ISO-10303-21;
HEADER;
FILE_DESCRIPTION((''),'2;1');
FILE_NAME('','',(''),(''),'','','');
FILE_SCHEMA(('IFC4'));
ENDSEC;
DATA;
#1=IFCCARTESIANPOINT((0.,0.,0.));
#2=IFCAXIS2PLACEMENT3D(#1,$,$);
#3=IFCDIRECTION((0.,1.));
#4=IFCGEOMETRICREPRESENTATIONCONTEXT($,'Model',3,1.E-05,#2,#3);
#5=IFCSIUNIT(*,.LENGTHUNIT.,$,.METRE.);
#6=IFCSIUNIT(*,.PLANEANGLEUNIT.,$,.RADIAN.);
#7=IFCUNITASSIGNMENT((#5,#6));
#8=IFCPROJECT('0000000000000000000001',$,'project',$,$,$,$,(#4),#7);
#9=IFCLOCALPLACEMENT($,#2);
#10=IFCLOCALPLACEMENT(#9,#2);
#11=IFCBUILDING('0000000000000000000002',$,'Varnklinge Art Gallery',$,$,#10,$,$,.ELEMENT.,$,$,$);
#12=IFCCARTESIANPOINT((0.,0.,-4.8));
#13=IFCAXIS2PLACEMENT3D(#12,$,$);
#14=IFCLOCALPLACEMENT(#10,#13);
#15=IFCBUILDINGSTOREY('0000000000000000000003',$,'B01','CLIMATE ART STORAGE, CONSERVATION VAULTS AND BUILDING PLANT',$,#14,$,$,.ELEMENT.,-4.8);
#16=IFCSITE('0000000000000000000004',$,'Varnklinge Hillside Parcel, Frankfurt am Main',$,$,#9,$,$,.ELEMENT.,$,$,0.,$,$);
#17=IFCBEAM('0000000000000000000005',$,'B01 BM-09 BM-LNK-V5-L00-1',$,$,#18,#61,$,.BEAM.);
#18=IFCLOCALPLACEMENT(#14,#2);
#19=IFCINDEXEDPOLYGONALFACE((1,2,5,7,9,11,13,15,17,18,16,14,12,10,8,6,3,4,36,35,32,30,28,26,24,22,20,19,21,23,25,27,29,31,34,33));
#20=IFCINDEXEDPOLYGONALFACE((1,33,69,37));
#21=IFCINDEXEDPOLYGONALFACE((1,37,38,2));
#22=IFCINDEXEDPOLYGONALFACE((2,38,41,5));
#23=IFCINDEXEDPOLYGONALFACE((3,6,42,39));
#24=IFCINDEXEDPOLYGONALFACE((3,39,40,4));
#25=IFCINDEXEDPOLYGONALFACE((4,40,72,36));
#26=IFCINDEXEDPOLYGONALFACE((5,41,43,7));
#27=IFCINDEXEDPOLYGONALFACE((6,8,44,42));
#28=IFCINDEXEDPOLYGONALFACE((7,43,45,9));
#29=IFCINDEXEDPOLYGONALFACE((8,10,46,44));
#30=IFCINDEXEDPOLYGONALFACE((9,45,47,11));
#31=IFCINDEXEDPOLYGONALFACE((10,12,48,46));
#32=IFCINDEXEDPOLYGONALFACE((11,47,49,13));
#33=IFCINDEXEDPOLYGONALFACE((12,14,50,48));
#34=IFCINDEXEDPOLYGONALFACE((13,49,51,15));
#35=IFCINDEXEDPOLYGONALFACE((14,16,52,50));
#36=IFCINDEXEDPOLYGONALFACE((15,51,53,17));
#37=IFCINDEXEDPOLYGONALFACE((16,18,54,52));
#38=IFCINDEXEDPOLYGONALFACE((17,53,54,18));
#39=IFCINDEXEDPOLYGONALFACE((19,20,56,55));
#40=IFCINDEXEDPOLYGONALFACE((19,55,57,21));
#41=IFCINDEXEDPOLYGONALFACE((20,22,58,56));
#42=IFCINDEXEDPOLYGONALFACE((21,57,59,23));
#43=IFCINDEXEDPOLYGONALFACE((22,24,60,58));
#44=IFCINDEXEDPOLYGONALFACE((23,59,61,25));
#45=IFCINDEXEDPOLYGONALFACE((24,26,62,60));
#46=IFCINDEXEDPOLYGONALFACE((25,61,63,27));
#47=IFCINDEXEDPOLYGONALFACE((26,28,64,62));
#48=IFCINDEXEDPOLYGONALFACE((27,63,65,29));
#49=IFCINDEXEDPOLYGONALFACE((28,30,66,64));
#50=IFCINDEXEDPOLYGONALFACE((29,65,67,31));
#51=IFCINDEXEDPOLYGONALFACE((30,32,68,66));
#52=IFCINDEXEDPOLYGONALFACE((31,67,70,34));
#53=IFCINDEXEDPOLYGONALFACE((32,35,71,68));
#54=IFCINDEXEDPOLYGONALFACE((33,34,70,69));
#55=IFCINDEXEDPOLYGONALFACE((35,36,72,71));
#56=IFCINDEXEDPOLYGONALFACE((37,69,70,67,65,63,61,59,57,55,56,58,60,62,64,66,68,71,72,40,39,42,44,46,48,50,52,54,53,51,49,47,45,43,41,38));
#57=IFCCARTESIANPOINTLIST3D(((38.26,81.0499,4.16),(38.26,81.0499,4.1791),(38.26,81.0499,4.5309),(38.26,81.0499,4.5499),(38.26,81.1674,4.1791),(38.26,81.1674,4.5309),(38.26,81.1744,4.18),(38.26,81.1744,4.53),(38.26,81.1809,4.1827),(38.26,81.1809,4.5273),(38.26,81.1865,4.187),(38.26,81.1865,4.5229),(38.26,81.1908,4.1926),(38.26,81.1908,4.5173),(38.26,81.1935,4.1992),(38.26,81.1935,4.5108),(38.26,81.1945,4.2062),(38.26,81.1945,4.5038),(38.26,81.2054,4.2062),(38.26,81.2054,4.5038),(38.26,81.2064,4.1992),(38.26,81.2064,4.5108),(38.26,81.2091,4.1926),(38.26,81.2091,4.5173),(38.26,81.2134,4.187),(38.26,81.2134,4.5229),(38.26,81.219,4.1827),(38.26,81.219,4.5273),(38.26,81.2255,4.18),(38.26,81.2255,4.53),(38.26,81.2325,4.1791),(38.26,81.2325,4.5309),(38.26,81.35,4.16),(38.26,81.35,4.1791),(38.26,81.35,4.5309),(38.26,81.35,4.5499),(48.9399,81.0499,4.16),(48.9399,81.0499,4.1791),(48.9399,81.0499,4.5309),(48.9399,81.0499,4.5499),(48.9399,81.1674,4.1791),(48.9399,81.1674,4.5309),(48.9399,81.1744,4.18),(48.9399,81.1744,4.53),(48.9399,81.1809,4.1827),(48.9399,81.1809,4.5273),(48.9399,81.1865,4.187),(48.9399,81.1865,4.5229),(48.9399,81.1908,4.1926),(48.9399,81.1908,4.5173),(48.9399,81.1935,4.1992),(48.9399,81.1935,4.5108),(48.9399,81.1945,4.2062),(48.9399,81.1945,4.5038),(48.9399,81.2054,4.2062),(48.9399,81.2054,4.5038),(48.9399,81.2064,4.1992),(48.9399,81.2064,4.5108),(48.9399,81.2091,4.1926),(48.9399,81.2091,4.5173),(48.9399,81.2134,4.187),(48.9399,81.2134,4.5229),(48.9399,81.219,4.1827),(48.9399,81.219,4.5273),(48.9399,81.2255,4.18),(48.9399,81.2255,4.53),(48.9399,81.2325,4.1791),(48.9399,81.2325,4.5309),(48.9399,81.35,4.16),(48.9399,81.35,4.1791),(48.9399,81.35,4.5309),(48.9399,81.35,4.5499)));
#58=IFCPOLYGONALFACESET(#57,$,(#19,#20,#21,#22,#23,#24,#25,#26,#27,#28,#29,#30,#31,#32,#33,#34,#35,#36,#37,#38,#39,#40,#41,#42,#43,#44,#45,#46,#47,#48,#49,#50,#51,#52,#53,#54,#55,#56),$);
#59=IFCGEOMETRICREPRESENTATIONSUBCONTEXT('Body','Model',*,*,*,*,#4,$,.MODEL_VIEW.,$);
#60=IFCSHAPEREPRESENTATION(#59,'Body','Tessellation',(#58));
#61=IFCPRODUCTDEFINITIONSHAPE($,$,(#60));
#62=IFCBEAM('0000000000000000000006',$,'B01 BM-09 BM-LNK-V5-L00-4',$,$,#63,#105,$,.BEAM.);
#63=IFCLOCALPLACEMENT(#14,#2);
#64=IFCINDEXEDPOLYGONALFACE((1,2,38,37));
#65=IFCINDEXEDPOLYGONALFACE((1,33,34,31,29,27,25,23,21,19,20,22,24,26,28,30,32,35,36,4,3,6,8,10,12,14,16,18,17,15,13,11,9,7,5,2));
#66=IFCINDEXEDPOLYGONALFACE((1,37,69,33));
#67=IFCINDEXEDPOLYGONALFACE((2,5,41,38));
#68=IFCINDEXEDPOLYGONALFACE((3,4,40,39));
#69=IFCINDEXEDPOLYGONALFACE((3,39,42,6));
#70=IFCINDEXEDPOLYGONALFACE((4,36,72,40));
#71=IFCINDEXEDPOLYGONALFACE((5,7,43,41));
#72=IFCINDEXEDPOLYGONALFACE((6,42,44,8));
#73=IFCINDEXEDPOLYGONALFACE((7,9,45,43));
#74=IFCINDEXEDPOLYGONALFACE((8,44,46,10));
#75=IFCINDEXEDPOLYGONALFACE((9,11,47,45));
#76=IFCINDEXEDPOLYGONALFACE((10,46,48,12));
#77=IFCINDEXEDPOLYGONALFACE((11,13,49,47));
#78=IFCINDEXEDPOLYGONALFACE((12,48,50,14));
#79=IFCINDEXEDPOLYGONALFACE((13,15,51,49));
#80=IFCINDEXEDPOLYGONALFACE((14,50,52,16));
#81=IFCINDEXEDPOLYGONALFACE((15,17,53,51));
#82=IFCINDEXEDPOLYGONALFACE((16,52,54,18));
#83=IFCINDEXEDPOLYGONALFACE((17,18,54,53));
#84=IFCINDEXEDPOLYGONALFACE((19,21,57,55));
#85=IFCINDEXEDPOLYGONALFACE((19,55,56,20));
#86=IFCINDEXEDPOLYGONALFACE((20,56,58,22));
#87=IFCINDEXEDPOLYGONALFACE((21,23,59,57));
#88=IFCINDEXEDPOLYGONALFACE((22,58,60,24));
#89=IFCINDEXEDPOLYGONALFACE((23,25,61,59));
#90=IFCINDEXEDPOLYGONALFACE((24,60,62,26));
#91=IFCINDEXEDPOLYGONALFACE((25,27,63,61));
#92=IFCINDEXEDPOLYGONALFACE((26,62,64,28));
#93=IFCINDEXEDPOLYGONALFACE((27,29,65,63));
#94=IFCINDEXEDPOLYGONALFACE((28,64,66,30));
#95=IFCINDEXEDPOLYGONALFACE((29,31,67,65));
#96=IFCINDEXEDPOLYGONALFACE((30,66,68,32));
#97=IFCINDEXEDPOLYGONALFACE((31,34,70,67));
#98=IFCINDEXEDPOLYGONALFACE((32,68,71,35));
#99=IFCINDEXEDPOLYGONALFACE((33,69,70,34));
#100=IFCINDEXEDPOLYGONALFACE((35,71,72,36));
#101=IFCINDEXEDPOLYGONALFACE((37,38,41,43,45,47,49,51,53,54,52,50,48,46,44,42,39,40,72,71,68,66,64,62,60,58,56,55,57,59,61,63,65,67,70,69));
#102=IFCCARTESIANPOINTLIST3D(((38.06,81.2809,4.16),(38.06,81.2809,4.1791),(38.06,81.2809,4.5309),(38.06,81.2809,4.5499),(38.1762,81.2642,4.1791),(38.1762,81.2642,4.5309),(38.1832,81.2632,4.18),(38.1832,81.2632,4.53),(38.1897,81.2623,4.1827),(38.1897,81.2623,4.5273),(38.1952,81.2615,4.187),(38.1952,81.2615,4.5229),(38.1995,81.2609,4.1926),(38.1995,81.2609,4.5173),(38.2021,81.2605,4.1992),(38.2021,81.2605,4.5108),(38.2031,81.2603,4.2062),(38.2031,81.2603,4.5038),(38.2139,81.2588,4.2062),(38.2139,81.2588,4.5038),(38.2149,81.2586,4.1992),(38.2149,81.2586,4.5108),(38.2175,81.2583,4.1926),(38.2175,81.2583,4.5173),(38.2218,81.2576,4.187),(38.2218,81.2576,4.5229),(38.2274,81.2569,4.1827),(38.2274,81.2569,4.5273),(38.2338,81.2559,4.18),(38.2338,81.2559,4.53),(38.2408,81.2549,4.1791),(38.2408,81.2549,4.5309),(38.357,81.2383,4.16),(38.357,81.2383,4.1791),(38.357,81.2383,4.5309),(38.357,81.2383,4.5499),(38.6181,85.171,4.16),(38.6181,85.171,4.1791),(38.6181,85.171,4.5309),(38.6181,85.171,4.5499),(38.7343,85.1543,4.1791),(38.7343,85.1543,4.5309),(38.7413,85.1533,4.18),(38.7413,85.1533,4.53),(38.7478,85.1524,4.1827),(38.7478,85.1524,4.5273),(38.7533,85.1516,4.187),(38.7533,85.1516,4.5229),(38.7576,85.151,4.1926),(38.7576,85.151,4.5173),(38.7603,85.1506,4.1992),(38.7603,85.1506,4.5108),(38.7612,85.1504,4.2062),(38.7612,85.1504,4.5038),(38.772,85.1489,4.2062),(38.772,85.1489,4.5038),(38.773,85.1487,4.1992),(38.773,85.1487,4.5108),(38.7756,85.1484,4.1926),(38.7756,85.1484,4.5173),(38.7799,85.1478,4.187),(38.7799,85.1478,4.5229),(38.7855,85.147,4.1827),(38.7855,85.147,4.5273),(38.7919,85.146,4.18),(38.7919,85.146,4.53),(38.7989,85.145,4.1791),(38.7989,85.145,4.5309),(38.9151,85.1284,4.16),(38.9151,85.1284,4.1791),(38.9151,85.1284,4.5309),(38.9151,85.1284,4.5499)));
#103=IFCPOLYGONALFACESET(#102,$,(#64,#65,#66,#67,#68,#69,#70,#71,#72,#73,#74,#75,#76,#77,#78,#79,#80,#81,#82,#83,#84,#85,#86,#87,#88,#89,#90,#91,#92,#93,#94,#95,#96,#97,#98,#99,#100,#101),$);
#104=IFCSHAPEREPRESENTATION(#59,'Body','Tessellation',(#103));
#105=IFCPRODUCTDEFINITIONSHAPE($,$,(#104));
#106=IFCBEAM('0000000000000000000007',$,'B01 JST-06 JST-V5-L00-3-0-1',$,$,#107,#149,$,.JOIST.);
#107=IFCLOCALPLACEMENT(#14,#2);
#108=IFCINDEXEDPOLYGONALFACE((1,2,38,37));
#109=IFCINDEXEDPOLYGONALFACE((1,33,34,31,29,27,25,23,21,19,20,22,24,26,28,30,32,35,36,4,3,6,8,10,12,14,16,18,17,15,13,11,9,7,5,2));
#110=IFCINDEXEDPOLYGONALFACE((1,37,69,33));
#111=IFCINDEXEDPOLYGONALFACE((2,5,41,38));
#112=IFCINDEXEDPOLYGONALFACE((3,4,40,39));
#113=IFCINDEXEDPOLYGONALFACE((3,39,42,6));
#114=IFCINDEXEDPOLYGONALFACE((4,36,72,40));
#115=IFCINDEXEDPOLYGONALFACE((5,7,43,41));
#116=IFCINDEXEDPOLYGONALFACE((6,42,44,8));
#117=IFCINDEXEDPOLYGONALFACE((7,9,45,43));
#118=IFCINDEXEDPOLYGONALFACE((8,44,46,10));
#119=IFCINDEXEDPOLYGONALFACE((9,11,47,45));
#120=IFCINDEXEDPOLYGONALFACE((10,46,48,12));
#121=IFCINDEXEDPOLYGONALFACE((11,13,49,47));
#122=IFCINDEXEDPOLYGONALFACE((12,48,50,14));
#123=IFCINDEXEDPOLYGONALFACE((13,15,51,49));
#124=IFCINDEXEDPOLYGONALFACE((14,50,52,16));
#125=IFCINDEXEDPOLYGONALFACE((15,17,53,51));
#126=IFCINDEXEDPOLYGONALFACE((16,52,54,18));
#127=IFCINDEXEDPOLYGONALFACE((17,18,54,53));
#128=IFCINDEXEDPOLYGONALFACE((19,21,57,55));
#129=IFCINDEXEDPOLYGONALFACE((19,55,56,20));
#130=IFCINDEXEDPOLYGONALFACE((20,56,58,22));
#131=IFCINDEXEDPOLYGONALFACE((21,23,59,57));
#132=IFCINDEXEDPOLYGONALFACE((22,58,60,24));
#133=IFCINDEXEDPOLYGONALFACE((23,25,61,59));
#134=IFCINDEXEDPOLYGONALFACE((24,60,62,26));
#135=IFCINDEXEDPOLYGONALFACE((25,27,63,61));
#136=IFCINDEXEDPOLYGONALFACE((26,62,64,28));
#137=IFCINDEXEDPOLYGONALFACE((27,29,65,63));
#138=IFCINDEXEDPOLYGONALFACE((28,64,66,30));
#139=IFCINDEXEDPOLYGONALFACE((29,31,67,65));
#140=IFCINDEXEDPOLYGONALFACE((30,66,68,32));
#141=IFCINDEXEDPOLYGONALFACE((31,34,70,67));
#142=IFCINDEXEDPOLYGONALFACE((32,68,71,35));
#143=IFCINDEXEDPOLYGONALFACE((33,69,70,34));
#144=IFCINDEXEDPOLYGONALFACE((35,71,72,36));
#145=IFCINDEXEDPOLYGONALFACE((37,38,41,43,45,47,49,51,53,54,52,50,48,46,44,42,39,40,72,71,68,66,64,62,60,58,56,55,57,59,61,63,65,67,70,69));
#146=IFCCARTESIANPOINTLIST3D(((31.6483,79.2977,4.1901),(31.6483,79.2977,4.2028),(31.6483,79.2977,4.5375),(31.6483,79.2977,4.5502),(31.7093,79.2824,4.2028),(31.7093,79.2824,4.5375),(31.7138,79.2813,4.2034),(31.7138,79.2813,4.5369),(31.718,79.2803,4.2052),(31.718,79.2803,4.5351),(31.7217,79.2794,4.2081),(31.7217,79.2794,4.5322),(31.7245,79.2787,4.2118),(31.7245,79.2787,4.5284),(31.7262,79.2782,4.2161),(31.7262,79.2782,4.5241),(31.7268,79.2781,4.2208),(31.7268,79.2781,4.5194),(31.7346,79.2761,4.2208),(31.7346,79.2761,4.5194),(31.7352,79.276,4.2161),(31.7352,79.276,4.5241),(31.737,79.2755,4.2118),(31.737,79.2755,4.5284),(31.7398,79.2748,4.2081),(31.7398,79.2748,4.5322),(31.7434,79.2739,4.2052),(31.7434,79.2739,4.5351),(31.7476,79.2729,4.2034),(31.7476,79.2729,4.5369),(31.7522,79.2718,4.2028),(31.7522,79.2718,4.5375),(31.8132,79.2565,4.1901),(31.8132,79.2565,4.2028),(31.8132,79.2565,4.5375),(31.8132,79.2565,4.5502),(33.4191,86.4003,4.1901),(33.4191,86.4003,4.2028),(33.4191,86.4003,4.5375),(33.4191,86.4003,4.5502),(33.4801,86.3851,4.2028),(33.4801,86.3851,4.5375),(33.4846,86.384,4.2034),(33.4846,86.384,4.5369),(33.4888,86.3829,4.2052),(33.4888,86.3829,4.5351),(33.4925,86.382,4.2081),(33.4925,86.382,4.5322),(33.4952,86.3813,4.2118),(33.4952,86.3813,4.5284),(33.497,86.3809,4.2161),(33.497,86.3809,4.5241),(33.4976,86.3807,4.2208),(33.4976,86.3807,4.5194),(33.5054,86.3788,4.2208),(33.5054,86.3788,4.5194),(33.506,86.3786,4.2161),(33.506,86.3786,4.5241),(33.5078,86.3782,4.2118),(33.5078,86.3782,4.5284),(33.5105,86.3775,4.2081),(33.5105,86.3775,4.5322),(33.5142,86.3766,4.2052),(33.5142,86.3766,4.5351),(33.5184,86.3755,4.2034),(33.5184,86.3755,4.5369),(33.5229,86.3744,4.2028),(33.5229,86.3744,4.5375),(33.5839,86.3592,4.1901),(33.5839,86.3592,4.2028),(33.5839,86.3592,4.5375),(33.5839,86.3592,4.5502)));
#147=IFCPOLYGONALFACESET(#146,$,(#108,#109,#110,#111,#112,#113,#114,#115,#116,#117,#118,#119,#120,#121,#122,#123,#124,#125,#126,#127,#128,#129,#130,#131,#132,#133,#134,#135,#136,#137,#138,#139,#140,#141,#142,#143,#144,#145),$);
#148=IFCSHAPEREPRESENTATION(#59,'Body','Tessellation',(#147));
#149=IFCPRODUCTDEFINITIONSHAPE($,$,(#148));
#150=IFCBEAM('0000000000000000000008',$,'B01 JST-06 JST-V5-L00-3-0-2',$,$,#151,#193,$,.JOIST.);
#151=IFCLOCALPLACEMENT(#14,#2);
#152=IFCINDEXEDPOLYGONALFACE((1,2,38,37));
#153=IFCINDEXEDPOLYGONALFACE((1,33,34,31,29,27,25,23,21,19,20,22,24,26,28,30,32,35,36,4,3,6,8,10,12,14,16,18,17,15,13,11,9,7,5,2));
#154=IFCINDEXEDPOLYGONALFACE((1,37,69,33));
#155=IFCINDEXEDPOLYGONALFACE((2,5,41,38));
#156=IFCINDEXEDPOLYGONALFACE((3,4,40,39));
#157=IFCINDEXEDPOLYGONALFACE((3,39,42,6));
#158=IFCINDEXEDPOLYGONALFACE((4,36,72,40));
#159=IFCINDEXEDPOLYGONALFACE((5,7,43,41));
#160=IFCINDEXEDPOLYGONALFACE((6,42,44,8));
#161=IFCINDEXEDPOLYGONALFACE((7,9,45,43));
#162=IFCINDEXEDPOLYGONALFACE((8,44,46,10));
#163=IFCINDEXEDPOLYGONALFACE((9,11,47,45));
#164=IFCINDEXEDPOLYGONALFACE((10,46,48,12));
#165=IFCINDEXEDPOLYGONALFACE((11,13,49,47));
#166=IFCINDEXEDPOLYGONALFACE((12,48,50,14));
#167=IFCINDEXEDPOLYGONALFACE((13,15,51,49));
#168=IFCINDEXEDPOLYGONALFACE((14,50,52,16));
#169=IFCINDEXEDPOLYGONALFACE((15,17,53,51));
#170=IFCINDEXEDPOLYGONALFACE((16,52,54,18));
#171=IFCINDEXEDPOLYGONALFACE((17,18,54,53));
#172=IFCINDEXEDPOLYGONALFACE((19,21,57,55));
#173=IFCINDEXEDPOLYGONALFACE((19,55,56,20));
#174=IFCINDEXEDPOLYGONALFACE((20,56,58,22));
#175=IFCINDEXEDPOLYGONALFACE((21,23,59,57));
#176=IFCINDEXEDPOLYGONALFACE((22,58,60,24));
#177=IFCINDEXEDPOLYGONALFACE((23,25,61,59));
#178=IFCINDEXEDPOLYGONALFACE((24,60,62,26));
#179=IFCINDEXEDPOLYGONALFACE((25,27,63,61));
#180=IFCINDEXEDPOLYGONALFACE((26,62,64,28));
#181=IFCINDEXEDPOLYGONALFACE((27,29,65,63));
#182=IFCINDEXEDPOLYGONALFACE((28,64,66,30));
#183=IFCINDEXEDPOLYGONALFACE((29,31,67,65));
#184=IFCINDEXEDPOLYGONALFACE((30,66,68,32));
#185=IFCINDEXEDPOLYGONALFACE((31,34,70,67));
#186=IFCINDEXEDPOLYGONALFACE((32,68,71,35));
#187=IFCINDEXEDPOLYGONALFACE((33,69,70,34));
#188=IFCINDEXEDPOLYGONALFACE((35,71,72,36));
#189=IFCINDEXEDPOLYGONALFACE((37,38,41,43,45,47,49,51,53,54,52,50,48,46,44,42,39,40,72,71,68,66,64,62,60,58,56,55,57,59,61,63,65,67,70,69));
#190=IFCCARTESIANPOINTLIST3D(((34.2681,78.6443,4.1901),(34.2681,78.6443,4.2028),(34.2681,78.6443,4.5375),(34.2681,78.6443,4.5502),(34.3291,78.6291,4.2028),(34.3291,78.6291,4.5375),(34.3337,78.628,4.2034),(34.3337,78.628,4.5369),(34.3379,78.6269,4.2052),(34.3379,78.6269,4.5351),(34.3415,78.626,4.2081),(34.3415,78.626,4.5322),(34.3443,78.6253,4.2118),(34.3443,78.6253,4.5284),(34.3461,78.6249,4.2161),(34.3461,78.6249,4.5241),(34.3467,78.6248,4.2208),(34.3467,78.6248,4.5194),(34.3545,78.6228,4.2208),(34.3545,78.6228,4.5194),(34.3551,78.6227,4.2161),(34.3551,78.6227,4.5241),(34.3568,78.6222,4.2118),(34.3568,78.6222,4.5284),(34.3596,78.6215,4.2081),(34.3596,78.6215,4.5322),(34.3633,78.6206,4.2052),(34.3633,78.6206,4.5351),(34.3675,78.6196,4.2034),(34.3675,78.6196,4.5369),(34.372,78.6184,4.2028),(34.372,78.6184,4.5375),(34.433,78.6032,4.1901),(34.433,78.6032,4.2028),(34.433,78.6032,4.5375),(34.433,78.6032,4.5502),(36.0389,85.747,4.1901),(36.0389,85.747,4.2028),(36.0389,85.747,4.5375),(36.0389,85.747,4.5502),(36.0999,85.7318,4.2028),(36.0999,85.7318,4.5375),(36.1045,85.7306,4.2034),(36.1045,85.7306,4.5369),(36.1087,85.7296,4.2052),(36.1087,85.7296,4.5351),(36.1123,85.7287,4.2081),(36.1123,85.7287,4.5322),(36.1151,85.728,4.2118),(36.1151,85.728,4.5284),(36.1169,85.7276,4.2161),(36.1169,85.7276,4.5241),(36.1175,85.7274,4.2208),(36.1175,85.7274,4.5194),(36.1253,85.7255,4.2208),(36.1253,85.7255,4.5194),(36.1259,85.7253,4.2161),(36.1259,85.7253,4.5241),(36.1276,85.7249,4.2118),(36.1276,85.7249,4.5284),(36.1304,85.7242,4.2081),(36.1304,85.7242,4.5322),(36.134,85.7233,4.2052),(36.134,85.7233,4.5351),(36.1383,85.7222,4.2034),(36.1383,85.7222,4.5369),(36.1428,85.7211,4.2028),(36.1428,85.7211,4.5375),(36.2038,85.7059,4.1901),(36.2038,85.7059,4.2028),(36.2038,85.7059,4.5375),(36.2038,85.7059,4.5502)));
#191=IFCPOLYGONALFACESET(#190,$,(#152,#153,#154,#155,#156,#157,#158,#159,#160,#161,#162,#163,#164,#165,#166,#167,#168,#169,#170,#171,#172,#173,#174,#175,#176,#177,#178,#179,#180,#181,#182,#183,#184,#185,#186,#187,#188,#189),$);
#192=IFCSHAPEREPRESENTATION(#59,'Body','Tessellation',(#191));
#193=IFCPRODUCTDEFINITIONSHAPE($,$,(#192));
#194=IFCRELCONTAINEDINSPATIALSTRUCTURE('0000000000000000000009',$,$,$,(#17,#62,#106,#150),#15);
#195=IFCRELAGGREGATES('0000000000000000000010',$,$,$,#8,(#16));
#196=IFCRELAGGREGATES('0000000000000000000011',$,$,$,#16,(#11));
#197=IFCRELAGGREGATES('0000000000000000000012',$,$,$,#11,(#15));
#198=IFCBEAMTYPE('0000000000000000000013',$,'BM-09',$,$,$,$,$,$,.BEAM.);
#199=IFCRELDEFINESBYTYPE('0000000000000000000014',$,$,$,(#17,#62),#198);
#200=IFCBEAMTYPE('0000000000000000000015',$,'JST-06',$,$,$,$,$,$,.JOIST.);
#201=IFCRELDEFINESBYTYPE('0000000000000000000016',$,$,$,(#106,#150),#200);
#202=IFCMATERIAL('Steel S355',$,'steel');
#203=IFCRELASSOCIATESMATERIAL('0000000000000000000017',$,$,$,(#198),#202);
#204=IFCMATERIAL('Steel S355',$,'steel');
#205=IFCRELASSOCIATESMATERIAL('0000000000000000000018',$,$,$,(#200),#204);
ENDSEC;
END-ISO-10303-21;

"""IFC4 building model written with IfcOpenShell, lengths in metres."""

from ifc_helpers import new_model, si_unit, direction, frame, origin, origin_2d, place, context, subcontext, project, spatial, i_section, extrude, material, material_profile, profile_set, type_object, element, save


model = new_model("IFC4")

# Units and contexts
model_context = context("Model", 3, precision=1e-05, world=origin(), true_north=direction((0.0, 1.0)))
body_context = subcontext(model_context, "Body", "Model", "MODEL_VIEW")
ifc_project = project(units=[si_unit("LENGTHUNIT", "METRE"), si_unit("PLANEANGLEUNIT", "RADIAN")], contexts=[model_context])

# Site, building, storey
site_placement = place(None, origin())
site = spatial("IfcSite", under=ifc_project, at=site_placement, Name="Varnklinge Hillside Parcel, Frankfurt am Main", CompositionType="ELEMENT", RefElevation=0.0)
building_placement = place(site_placement, origin())
building = spatial("IfcBuilding", under=site, at=building_placement, Name="Varnklinge Art Gallery", CompositionType="ELEMENT")
storey_placement = place(building_placement, frame((0.0, 0.0, -4.8)))
storey = spatial("IfcBuildingStorey", under=building, at=storey_placement, Name="B01", Description="CLIMATE ART STORAGE, CONSERVATION VAULTS AND BUILDING PLANT", CompositionType="ELEMENT", Elevation=-4.8)

# Beams
ifc_material_1 = material(Name="Steel S355", Category="steel")
ifc_material_profile_1 = material_profile(ifc_material_1, i_section(OverallWidth=0.3, OverallDepth=0.3899, WebThickness=0.011, FlangeThickness=0.019, FilletRadius=0.0271, at=origin_2d()), Name="HEA 400")
ifc_profile_set_1 = profile_set([ifc_material_profile_1], Name="Steel S355")
beam_type_1 = type_object("IfcBeamType", Name="BM-09", PredefinedType="BEAM", material=ifc_profile_set_1)
beam_1_placement = place(storey_placement, frame((38.26, 81.2, 4.355), z_axis=(1.0, 0.0, 0.0), x_axis=(0.0, 1.0, 0.0)))
element("IfcBeam", 1, at=beam_1_placement, inside=storey, type_object=beam_type_1, Name="B01 BM-09 BM-LNK-V5-L00-1", PredefinedType="BEAM", context=body_context, shape_type="SweptSolid", body=[
    extrude(i_section(OverallWidth=0.3, OverallDepth=0.3899, WebThickness=0.011, FlangeThickness=0.019, FilletRadius=0.0271, at=origin_2d()), origin(), (0.0, 0.0, 1.0), 10.6799),
])
beam_2_placement = place(storey_placement, frame((38.7666, 85.1497, 4.355), z_axis=(-0.142013, -0.989865, 0.0), x_axis=(0.989865, -0.142013, 0.0)))
element("IfcBeam", 2, at=beam_2_placement, inside=storey, type_object=beam_type_1, Name="B01 BM-09 BM-LNK-V5-L00-4", PredefinedType="BEAM", context=body_context, shape_type="SweptSolid", body=[
    extrude(i_section(OverallWidth=0.3, OverallDepth=0.3899, WebThickness=0.011, FlangeThickness=0.019, FilletRadius=0.0271, at=origin_2d()), origin(), (0.0, 0.0, 1.0), 3.9299),
])
ifc_material_2 = material(Name="Steel S355", Category="steel")
ifc_material_profile_2 = material_profile(ifc_material_2, i_section(OverallWidth=0.1699, OverallDepth=0.3601, WebThickness=0.0081, FlangeThickness=0.0127, FilletRadius=0.0181, at=origin_2d()), Name="IPE 360")
ifc_profile_set_2 = profile_set([ifc_material_profile_2], Name="Steel S355")
beam_type_2 = type_object("IfcBeamType", Name="JST-06", PredefinedType="JOIST", material=ifc_profile_set_2)
for number, where, z_axis, x_axis, name in (
    (3, (31.7307, 79.2771, 4.3701), (0.241908, 0.970299, 0.0), (-0.970299, 0.241908, 0.0), "B01 JST-06 JST-V5-L00-3-0-1"),
    (4, (34.3506, 78.6238, 4.3701), (0.241908, 0.970299, 0.0), (-0.970299, 0.241908, 0.0), "B01 JST-06 JST-V5-L00-3-0-2"),
):
    element("IfcBeam", number, at=place(storey_placement, frame(where, z_axis=z_axis, x_axis=x_axis)), inside=storey, type_object=beam_type_2, Name=name, PredefinedType="JOIST", context=body_context, shape_type="SweptSolid", body=[
        extrude(i_section(OverallWidth=0.1699, OverallDepth=0.3601, WebThickness=0.0081, FlangeThickness=0.0127, FilletRadius=0.0181, at=origin_2d()), origin(), (0.0, 0.0, 1.0), 7.3201),
    ])

save(model, "model.ifc")
